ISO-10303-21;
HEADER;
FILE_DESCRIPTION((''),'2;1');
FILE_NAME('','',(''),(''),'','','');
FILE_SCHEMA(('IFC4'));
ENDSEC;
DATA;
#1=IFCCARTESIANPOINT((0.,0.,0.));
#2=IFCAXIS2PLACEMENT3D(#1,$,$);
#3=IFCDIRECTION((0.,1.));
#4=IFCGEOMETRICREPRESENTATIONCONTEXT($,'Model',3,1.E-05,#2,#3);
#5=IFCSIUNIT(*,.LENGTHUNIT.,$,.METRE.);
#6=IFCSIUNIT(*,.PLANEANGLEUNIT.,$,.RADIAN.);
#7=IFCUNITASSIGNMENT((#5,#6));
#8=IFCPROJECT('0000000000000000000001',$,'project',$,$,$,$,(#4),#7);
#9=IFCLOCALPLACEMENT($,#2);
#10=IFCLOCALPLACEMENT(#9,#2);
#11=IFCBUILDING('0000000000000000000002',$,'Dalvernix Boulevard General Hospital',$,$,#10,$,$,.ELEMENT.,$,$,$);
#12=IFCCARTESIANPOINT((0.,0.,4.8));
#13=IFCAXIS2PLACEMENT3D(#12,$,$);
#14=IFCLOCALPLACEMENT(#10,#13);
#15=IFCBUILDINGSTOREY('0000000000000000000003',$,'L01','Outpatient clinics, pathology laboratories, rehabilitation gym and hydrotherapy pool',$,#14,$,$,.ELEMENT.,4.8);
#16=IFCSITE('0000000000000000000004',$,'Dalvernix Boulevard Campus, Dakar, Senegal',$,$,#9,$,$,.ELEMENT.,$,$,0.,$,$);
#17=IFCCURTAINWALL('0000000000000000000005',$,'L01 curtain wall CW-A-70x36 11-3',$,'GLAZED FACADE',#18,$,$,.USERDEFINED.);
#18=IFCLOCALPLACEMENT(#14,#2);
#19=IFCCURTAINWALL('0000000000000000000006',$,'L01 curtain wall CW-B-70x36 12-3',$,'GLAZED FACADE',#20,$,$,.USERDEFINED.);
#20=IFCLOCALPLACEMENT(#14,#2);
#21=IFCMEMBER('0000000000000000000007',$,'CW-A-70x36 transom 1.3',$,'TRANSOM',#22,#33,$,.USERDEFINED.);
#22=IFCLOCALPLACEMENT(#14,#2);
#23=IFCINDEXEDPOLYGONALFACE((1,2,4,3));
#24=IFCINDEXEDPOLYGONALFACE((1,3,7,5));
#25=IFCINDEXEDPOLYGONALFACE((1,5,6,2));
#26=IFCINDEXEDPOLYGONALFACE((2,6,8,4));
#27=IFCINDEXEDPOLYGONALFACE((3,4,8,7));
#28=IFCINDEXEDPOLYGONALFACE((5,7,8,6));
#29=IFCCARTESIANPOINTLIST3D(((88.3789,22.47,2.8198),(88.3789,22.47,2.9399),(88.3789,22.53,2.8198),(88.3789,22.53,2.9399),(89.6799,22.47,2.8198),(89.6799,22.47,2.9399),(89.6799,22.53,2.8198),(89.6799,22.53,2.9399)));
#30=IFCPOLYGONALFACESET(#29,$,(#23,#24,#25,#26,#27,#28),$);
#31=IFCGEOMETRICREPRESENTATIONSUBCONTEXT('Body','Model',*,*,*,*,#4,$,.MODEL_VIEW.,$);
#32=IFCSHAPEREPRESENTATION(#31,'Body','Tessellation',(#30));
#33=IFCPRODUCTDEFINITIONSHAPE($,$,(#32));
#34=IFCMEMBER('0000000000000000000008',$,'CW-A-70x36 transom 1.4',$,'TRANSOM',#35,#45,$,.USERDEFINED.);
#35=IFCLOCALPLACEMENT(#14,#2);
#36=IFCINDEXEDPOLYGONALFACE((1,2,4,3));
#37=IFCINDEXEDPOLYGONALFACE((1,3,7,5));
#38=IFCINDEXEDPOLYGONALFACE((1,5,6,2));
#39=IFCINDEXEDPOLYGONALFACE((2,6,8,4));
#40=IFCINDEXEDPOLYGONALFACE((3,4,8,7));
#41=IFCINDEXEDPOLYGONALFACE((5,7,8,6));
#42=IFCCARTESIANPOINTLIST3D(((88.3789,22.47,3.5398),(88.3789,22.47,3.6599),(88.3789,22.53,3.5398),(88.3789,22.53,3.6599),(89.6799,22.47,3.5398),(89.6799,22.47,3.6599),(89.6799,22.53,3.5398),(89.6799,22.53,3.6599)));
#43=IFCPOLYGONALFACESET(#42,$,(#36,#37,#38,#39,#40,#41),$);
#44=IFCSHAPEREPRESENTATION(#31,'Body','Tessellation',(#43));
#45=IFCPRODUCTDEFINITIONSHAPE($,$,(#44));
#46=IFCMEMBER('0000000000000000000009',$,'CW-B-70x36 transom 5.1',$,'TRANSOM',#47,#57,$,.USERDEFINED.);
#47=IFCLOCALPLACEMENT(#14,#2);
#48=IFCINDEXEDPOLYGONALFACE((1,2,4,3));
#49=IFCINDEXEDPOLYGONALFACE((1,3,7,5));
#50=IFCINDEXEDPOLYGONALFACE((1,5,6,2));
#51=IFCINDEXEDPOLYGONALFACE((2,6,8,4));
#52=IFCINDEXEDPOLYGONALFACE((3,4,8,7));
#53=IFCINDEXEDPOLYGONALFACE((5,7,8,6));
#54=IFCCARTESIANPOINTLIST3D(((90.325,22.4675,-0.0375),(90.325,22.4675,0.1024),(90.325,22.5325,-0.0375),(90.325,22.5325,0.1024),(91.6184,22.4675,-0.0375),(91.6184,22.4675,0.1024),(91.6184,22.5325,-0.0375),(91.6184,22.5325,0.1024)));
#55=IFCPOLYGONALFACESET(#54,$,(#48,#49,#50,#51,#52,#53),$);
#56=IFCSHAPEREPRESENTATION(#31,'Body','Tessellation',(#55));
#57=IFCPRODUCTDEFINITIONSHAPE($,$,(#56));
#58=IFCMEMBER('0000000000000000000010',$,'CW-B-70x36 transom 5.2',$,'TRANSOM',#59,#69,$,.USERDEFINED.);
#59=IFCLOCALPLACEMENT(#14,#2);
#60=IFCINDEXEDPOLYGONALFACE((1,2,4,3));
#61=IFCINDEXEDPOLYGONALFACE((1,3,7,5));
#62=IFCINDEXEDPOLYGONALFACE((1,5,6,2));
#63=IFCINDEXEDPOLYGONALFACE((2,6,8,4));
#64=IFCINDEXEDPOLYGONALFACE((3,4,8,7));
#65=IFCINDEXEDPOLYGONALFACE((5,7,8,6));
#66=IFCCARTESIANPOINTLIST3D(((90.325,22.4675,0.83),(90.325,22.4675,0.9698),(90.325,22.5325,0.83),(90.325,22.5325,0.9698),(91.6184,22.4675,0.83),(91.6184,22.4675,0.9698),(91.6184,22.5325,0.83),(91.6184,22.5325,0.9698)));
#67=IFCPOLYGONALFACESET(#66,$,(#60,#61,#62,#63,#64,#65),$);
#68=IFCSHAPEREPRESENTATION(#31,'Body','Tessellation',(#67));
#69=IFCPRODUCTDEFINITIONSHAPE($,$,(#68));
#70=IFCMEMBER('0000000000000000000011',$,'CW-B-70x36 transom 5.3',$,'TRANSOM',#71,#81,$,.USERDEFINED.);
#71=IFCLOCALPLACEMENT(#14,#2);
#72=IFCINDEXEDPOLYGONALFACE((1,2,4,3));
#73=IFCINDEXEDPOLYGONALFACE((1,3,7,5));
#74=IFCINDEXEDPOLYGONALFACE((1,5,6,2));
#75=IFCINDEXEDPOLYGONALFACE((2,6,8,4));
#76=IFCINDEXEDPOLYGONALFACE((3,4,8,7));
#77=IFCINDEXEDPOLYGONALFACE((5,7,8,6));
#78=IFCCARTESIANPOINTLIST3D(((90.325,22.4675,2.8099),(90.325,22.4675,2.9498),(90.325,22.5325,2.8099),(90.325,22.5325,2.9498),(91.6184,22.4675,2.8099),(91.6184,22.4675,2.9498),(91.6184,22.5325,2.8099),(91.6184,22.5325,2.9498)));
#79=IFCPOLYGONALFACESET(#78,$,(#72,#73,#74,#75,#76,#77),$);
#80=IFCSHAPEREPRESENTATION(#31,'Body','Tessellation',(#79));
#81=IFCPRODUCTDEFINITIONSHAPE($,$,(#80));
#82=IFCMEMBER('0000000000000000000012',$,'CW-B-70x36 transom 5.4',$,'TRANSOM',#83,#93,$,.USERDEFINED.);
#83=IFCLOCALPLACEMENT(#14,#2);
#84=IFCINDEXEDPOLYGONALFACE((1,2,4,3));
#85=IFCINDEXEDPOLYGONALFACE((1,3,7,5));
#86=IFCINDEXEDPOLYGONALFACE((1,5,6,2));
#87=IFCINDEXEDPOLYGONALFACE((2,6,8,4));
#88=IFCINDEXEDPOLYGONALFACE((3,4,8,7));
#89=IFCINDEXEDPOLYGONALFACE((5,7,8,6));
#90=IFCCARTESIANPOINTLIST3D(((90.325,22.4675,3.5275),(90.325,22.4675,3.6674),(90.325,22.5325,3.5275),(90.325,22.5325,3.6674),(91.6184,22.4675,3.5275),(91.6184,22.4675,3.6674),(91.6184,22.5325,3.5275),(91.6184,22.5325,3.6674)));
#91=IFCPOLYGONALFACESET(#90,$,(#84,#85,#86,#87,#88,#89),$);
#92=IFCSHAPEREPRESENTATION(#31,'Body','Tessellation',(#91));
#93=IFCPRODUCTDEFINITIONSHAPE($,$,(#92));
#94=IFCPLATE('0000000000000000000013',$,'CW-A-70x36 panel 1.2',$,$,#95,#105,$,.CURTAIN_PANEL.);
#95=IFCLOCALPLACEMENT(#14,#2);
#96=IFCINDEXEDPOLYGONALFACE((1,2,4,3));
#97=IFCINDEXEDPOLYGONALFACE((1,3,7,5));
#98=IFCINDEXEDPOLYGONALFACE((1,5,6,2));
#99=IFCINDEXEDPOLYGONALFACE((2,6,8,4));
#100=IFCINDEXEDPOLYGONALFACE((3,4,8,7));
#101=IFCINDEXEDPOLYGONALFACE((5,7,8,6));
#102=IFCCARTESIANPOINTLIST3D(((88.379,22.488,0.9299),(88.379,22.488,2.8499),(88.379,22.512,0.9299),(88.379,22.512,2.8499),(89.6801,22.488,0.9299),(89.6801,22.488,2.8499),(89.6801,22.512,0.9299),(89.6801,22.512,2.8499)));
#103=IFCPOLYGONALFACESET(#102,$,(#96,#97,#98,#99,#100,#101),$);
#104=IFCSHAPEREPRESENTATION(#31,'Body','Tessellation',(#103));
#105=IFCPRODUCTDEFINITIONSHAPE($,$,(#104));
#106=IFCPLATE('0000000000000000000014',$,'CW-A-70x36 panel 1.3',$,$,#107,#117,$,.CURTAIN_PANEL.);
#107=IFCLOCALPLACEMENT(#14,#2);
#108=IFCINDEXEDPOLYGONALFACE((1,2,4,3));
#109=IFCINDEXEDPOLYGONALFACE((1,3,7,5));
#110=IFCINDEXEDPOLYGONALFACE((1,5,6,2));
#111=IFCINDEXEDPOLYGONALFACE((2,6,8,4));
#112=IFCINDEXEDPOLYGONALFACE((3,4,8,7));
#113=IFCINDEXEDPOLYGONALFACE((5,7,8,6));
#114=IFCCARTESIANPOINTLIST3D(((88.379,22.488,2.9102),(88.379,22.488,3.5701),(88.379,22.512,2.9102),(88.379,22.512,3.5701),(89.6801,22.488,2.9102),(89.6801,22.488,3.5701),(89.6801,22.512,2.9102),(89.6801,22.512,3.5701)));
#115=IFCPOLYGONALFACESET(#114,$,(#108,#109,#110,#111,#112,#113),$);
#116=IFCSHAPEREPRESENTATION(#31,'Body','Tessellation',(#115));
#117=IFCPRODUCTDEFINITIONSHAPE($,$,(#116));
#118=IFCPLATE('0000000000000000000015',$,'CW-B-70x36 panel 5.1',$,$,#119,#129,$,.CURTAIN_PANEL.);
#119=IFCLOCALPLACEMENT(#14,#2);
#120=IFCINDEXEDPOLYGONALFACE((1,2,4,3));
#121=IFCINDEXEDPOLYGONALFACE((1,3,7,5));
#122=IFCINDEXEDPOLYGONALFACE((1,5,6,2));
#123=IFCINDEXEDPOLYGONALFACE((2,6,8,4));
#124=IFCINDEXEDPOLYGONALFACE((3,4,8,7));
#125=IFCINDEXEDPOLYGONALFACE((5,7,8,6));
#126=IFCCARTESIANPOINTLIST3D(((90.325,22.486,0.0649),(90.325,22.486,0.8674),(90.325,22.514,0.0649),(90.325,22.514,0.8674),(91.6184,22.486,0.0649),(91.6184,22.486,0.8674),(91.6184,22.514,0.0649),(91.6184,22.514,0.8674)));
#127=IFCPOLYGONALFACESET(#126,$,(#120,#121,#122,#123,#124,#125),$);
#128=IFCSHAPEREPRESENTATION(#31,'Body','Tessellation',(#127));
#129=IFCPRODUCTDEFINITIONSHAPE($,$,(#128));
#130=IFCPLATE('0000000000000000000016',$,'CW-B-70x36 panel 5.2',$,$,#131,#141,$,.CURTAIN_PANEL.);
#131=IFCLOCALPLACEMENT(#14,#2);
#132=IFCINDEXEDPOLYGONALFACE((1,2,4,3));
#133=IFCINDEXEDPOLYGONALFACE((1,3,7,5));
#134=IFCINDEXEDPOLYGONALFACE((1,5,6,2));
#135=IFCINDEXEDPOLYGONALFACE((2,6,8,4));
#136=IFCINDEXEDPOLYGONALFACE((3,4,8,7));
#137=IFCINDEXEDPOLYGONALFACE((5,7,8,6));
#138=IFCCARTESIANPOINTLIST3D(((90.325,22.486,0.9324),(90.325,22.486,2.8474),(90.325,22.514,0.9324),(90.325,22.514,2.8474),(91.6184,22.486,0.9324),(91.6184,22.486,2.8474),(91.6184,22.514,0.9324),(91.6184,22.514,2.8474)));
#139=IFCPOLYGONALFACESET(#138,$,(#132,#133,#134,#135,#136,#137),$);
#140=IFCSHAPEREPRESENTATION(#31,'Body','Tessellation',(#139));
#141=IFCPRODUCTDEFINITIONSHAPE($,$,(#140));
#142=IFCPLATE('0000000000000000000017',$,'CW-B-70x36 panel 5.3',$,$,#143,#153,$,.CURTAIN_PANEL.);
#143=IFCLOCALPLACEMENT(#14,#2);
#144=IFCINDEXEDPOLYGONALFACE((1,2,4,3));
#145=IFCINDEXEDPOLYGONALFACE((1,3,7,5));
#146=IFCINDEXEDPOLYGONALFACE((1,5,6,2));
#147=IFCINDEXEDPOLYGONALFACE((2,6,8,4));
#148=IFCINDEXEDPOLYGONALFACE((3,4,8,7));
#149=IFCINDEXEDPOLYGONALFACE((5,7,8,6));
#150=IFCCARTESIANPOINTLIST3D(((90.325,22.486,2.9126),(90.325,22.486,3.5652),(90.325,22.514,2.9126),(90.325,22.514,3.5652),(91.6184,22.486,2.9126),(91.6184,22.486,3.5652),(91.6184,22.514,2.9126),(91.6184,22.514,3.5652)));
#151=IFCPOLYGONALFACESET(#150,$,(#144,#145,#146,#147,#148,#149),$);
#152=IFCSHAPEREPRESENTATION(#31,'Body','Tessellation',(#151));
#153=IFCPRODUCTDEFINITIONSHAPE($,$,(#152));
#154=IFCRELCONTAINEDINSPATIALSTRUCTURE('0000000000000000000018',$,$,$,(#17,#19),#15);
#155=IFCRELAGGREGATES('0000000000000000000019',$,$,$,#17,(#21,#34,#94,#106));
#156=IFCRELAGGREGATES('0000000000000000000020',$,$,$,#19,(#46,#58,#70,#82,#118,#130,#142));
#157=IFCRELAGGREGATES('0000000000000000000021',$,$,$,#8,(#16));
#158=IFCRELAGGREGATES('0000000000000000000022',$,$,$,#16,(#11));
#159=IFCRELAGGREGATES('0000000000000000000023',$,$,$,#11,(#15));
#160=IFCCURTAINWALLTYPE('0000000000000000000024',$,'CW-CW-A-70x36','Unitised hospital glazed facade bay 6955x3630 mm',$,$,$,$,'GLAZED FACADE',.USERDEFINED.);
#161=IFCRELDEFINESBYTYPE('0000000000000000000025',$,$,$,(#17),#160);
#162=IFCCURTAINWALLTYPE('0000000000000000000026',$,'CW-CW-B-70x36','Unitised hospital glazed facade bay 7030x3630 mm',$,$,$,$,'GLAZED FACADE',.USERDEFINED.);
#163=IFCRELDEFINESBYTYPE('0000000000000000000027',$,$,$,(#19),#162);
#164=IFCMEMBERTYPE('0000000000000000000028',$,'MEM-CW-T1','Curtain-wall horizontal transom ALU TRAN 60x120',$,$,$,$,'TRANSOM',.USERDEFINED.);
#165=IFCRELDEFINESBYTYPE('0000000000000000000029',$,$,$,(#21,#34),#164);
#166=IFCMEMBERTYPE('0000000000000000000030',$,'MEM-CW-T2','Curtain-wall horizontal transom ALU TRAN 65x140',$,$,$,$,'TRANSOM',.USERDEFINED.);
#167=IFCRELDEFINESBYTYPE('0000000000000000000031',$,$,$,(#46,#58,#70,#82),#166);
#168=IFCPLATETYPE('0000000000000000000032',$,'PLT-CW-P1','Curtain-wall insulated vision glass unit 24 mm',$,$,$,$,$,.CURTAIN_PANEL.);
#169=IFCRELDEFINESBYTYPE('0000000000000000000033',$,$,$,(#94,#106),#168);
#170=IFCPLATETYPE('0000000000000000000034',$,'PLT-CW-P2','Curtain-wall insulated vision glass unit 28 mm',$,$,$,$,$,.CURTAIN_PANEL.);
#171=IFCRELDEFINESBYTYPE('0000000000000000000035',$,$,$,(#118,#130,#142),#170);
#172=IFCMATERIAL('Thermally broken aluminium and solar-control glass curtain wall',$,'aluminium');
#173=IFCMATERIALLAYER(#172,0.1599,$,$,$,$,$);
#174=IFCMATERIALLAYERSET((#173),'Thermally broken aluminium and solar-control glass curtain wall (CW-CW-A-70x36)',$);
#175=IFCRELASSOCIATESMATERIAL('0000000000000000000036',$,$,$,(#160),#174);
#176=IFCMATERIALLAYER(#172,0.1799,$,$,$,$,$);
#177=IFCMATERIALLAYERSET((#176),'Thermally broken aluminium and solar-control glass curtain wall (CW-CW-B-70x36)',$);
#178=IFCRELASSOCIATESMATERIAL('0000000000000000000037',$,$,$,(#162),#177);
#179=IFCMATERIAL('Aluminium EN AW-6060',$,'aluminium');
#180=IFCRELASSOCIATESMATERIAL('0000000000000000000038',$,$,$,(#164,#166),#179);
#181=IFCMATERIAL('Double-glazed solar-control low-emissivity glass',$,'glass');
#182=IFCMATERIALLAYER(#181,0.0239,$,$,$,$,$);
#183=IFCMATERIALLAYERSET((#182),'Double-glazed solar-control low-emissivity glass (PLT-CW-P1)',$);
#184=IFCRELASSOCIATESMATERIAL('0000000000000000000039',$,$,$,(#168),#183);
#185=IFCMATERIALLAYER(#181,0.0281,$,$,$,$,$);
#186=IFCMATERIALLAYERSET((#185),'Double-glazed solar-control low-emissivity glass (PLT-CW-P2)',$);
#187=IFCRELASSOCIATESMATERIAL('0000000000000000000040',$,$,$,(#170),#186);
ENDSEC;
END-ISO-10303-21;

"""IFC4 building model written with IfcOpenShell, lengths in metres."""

from ifc_helpers import new_model, si_unit, direction, frame, origin, origin_2d, place, context, subcontext, project, spatial, rectangle, extrude, material, layer, layer_set, material_profile, profile_set, type_object, element, aggregate, save


model = new_model("IFC4")

# Units and contexts
model_context = context("Model", 3, precision=1e-05, world=origin(), true_north=direction((0.0, 1.0)))
body_context = subcontext(model_context, "Body", "Model", "MODEL_VIEW")
ifc_project = project(units=[si_unit("LENGTHUNIT", "METRE"), si_unit("PLANEANGLEUNIT", "RADIAN")], contexts=[model_context])

# Site, building, storey
site_placement = place(None, origin())
site = spatial("IfcSite", under=ifc_project, at=site_placement, Name="Dalvernix Boulevard Campus, Dakar, Senegal", CompositionType="ELEMENT", RefElevation=0.0)
building_placement = place(site_placement, origin())
building = spatial("IfcBuilding", under=site, at=building_placement, Name="Dalvernix Boulevard General Hospital", CompositionType="ELEMENT")
storey_placement = place(building_placement, frame((0.0, 0.0, 4.8)))
storey = spatial("IfcBuildingStorey", under=building, at=storey_placement, Name="L01", Description="Outpatient clinics, pathology laboratories, rehabilitation gym and hydrotherapy pool", CompositionType="ELEMENT", Elevation=4.8)

# Curtain wall
ifc_material_1 = material(Name="Thermally broken aluminium and solar-control glass curtain wall", Category="aluminium")
ifc_layer_1 = layer(ifc_material_1, 0.1599)
ifc_layer_set_1 = layer_set([ifc_layer_1], Name="Thermally broken aluminium and solar-control glass curtain wall (CW-CW-A-70x36)")
curtain_wall_type_1 = type_object("IfcCurtainWallType", Name="CW-CW-A-70x36", Description="Unitised hospital glazed facade bay 6955x3630 mm", ElementType="GLAZED FACADE", PredefinedType="USERDEFINED", material=ifc_layer_set_1)
curtain_wall_1_placement = place(storey_placement, origin())
curtain_wall_1 = element("IfcCurtainWall", 1, at=curtain_wall_1_placement, inside=storey, type_object=curtain_wall_type_1, Name="L01 curtain wall CW-A-70x36 11-3", ObjectType="GLAZED FACADE", PredefinedType="USERDEFINED")
ifc_material_2 = material(Name="Aluminium EN AW-6060", Category="aluminium")

# Curtain wall
ifc_layer_2 = layer(ifc_material_1, 0.1799)
ifc_layer_set_2 = layer_set([ifc_layer_2], Name="Thermally broken aluminium and solar-control glass curtain wall (CW-CW-B-70x36)")
curtain_wall_type_2 = type_object("IfcCurtainWallType", Name="CW-CW-B-70x36", Description="Unitised hospital glazed facade bay 7030x3630 mm", ElementType="GLAZED FACADE", PredefinedType="USERDEFINED", material=ifc_layer_set_2)
curtain_wall_2_placement = place(storey_placement, origin())
curtain_wall_2 = element("IfcCurtainWall", 2, at=curtain_wall_2_placement, inside=storey, type_object=curtain_wall_type_2, Name="L01 curtain wall CW-B-70x36 12-3", ObjectType="GLAZED FACADE", PredefinedType="USERDEFINED")

# Members
ifc_material_profile_1 = material_profile(ifc_material_2, rectangle(XDim=0.0601, YDim=0.1201, at=origin_2d()), Name="ALU TRAN 60x120")
ifc_profile_set_1 = profile_set([ifc_material_profile_1], Name="Aluminium EN AW-6060")
member_type_1 = type_object("IfcMemberType", Name="MEM-CW-T1", Description="Curtain-wall horizontal transom ALU TRAN 60x120", ElementType="TRANSOM", PredefinedType="USERDEFINED", material=ifc_profile_set_1)
member_1_placement = place(storey_placement, frame((89.6799, 22.5, 2.8799), z_axis=(-1.0, 0.0, 0.0), x_axis=(0.0, -1.0, 0.0)))
member_1 = element("IfcMember", 3, at=member_1_placement, type_object=member_type_1, Name="CW-A-70x36 transom 1.3", ObjectType="TRANSOM", PredefinedType="USERDEFINED", context=body_context, shape_type="SweptSolid", body=[
    extrude(rectangle(XDim=0.0601, YDim=0.1201, at=origin_2d()), origin(), (0.0, 0.0, 1.0), 1.301),
])
member_2_placement = place(storey_placement, frame((89.6799, 22.5, 3.5999), z_axis=(-1.0, 0.0, 0.0), x_axis=(0.0, -1.0, 0.0)))
member_2 = element("IfcMember", 4, at=member_2_placement, type_object=member_type_1, Name="CW-A-70x36 transom 1.4", ObjectType="TRANSOM", PredefinedType="USERDEFINED", context=body_context, shape_type="SweptSolid", body=[
    extrude(rectangle(XDim=0.0601, YDim=0.1201, at=origin_2d()), origin(), (0.0, 0.0, 1.0), 1.301),
])
ifc_material_profile_2 = material_profile(ifc_material_2, rectangle(XDim=0.0649, YDim=0.1399, at=origin_2d()), Name="ALU TRAN 65x140")
ifc_profile_set_2 = profile_set([ifc_material_profile_2], Name="Aluminium EN AW-6060")
member_type_2 = type_object("IfcMemberType", Name="MEM-CW-T2", Description="Curtain-wall horizontal transom ALU TRAN 65x140", ElementType="TRANSOM", PredefinedType="USERDEFINED", material=ifc_profile_set_2)
member_3_placement = place(storey_placement, frame((91.6184, 22.5, 0.0325), z_axis=(-1.0, 0.0, 0.0), x_axis=(0.0, -1.0, 0.0)))
member_3 = element("IfcMember", 5, at=member_3_placement, type_object=member_type_2, Name="CW-B-70x36 transom 5.1", ObjectType="TRANSOM", PredefinedType="USERDEFINED", context=body_context, shape_type="SweptSolid", body=[
    extrude(rectangle(XDim=0.0649, YDim=0.1399, at=origin_2d()), origin(), (0.0, 0.0, 1.0), 1.2935),
])
member_4_placement = place(storey_placement, frame((91.6184, 22.5, 0.8999), z_axis=(-1.0, 0.0, 0.0), x_axis=(0.0, -1.0, 0.0)))
member_4 = element("IfcMember", 6, at=member_4_placement, type_object=member_type_2, Name="CW-B-70x36 transom 5.2", ObjectType="TRANSOM", PredefinedType="USERDEFINED", context=body_context, shape_type="SweptSolid", body=[
    extrude(rectangle(XDim=0.0649, YDim=0.1399, at=origin_2d()), origin(), (0.0, 0.0, 1.0), 1.2935),
])
member_5_placement = place(storey_placement, frame((91.6184, 22.5, 2.8799), z_axis=(-1.0, 0.0, 0.0), x_axis=(0.0, -1.0, 0.0)))
member_5 = element("IfcMember", 7, at=member_5_placement, type_object=member_type_2, Name="CW-B-70x36 transom 5.3", ObjectType="TRANSOM", PredefinedType="USERDEFINED", context=body_context, shape_type="SweptSolid", body=[
    extrude(rectangle(XDim=0.0649, YDim=0.1399, at=origin_2d()), origin(), (0.0, 0.0, 1.0), 1.2935),
])
member_6_placement = place(storey_placement, frame((91.6184, 22.5, 3.5974), z_axis=(-1.0, 0.0, 0.0), x_axis=(0.0, -1.0, 0.0)))
member_6 = element("IfcMember", 8, at=member_6_placement, type_object=member_type_2, Name="CW-B-70x36 transom 5.4", ObjectType="TRANSOM", PredefinedType="USERDEFINED", context=body_context, shape_type="SweptSolid", body=[
    extrude(rectangle(XDim=0.0649, YDim=0.1399, at=origin_2d()), origin(), (0.0, 0.0, 1.0), 1.2935),
])

# Plates
ifc_material_3 = material(Name="Double-glazed solar-control low-emissivity glass", Category="glass")
ifc_layer_3 = layer(ifc_material_3, 0.0239)
ifc_layer_set_3 = layer_set([ifc_layer_3], Name="Double-glazed solar-control low-emissivity glass (PLT-CW-P1)")
plate_type_1 = type_object("IfcPlateType", Name="PLT-CW-P1", Description="Curtain-wall insulated vision glass unit 24 mm", PredefinedType="CURTAIN_PANEL", material=ifc_layer_set_3)
plate_1_placement = place(storey_placement, frame((89.0295, 22.5, 0.9299), z_axis=(0.0, 0.0, 1.0), x_axis=(-1.0, 0.0, 0.0)))
plate_1 = element("IfcPlate", 9, at=plate_1_placement, type_object=plate_type_1, Name="CW-A-70x36 panel 1.2", PredefinedType="CURTAIN_PANEL", context=body_context, shape_type="SweptSolid", body=[
    extrude(rectangle(XDim=1.301, YDim=0.0239, at=origin_2d()), origin(), (0.0, 0.0, 1.0), 1.9199),
])
plate_2_placement = place(storey_placement, frame((89.0295, 22.5, 2.9102), z_axis=(0.0, 0.0, 1.0), x_axis=(-1.0, 0.0, 0.0)))
plate_2 = element("IfcPlate", 10, at=plate_2_placement, type_object=plate_type_1, Name="CW-A-70x36 panel 1.3", PredefinedType="CURTAIN_PANEL", context=body_context, shape_type="SweptSolid", body=[
    extrude(rectangle(XDim=1.301, YDim=0.0239, at=origin_2d()), origin(), (0.0, 0.0, 1.0), 0.6599),
])
aggregate(curtain_wall_1, [member_1, member_2, plate_1, plate_2])
ifc_layer_4 = layer(ifc_material_3, 0.0281)
ifc_layer_set_4 = layer_set([ifc_layer_4], Name="Double-glazed solar-control low-emissivity glass (PLT-CW-P2)")
plate_type_2 = type_object("IfcPlateType", Name="PLT-CW-P2", Description="Curtain-wall insulated vision glass unit 28 mm", PredefinedType="CURTAIN_PANEL", material=ifc_layer_set_4)
plate_3_placement = place(storey_placement, frame((90.9717, 22.5, 0.0649), z_axis=(0.0, 0.0, 1.0), x_axis=(-1.0, 0.0, 0.0)))
plate_3 = element("IfcPlate", 11, at=plate_3_placement, type_object=plate_type_2, Name="CW-B-70x36 panel 5.1", PredefinedType="CURTAIN_PANEL", context=body_context, shape_type="SweptSolid", body=[
    extrude(rectangle(XDim=1.2935, YDim=0.0281, at=origin_2d()), origin(), (0.0, 0.0, 1.0), 0.8025),
])
plate_4_placement = place(storey_placement, frame((90.9717, 22.5, 0.9324), z_axis=(0.0, 0.0, 1.0), x_axis=(-1.0, 0.0, 0.0)))
plate_4 = element("IfcPlate", 12, at=plate_4_placement, type_object=plate_type_2, Name="CW-B-70x36 panel 5.2", PredefinedType="CURTAIN_PANEL", context=body_context, shape_type="SweptSolid", body=[
    extrude(rectangle(XDim=1.2935, YDim=0.0281, at=origin_2d()), origin(), (0.0, 0.0, 1.0), 1.915),
])
plate_5_placement = place(storey_placement, frame((90.9717, 22.5, 2.9126), z_axis=(0.0, 0.0, 1.0), x_axis=(-1.0, 0.0, 0.0)))
plate_5 = element("IfcPlate", 13, at=plate_5_placement, type_object=plate_type_2, Name="CW-B-70x36 panel 5.3", PredefinedType="CURTAIN_PANEL", context=body_context, shape_type="SweptSolid", body=[
    extrude(rectangle(XDim=1.2935, YDim=0.0281, at=origin_2d()), origin(), (0.0, 0.0, 1.0), 0.6526),
])
aggregate(curtain_wall_2, [member_3, member_4, member_5, member_6, plate_3, plate_4, plate_5])

save(model, "model.ifc")
